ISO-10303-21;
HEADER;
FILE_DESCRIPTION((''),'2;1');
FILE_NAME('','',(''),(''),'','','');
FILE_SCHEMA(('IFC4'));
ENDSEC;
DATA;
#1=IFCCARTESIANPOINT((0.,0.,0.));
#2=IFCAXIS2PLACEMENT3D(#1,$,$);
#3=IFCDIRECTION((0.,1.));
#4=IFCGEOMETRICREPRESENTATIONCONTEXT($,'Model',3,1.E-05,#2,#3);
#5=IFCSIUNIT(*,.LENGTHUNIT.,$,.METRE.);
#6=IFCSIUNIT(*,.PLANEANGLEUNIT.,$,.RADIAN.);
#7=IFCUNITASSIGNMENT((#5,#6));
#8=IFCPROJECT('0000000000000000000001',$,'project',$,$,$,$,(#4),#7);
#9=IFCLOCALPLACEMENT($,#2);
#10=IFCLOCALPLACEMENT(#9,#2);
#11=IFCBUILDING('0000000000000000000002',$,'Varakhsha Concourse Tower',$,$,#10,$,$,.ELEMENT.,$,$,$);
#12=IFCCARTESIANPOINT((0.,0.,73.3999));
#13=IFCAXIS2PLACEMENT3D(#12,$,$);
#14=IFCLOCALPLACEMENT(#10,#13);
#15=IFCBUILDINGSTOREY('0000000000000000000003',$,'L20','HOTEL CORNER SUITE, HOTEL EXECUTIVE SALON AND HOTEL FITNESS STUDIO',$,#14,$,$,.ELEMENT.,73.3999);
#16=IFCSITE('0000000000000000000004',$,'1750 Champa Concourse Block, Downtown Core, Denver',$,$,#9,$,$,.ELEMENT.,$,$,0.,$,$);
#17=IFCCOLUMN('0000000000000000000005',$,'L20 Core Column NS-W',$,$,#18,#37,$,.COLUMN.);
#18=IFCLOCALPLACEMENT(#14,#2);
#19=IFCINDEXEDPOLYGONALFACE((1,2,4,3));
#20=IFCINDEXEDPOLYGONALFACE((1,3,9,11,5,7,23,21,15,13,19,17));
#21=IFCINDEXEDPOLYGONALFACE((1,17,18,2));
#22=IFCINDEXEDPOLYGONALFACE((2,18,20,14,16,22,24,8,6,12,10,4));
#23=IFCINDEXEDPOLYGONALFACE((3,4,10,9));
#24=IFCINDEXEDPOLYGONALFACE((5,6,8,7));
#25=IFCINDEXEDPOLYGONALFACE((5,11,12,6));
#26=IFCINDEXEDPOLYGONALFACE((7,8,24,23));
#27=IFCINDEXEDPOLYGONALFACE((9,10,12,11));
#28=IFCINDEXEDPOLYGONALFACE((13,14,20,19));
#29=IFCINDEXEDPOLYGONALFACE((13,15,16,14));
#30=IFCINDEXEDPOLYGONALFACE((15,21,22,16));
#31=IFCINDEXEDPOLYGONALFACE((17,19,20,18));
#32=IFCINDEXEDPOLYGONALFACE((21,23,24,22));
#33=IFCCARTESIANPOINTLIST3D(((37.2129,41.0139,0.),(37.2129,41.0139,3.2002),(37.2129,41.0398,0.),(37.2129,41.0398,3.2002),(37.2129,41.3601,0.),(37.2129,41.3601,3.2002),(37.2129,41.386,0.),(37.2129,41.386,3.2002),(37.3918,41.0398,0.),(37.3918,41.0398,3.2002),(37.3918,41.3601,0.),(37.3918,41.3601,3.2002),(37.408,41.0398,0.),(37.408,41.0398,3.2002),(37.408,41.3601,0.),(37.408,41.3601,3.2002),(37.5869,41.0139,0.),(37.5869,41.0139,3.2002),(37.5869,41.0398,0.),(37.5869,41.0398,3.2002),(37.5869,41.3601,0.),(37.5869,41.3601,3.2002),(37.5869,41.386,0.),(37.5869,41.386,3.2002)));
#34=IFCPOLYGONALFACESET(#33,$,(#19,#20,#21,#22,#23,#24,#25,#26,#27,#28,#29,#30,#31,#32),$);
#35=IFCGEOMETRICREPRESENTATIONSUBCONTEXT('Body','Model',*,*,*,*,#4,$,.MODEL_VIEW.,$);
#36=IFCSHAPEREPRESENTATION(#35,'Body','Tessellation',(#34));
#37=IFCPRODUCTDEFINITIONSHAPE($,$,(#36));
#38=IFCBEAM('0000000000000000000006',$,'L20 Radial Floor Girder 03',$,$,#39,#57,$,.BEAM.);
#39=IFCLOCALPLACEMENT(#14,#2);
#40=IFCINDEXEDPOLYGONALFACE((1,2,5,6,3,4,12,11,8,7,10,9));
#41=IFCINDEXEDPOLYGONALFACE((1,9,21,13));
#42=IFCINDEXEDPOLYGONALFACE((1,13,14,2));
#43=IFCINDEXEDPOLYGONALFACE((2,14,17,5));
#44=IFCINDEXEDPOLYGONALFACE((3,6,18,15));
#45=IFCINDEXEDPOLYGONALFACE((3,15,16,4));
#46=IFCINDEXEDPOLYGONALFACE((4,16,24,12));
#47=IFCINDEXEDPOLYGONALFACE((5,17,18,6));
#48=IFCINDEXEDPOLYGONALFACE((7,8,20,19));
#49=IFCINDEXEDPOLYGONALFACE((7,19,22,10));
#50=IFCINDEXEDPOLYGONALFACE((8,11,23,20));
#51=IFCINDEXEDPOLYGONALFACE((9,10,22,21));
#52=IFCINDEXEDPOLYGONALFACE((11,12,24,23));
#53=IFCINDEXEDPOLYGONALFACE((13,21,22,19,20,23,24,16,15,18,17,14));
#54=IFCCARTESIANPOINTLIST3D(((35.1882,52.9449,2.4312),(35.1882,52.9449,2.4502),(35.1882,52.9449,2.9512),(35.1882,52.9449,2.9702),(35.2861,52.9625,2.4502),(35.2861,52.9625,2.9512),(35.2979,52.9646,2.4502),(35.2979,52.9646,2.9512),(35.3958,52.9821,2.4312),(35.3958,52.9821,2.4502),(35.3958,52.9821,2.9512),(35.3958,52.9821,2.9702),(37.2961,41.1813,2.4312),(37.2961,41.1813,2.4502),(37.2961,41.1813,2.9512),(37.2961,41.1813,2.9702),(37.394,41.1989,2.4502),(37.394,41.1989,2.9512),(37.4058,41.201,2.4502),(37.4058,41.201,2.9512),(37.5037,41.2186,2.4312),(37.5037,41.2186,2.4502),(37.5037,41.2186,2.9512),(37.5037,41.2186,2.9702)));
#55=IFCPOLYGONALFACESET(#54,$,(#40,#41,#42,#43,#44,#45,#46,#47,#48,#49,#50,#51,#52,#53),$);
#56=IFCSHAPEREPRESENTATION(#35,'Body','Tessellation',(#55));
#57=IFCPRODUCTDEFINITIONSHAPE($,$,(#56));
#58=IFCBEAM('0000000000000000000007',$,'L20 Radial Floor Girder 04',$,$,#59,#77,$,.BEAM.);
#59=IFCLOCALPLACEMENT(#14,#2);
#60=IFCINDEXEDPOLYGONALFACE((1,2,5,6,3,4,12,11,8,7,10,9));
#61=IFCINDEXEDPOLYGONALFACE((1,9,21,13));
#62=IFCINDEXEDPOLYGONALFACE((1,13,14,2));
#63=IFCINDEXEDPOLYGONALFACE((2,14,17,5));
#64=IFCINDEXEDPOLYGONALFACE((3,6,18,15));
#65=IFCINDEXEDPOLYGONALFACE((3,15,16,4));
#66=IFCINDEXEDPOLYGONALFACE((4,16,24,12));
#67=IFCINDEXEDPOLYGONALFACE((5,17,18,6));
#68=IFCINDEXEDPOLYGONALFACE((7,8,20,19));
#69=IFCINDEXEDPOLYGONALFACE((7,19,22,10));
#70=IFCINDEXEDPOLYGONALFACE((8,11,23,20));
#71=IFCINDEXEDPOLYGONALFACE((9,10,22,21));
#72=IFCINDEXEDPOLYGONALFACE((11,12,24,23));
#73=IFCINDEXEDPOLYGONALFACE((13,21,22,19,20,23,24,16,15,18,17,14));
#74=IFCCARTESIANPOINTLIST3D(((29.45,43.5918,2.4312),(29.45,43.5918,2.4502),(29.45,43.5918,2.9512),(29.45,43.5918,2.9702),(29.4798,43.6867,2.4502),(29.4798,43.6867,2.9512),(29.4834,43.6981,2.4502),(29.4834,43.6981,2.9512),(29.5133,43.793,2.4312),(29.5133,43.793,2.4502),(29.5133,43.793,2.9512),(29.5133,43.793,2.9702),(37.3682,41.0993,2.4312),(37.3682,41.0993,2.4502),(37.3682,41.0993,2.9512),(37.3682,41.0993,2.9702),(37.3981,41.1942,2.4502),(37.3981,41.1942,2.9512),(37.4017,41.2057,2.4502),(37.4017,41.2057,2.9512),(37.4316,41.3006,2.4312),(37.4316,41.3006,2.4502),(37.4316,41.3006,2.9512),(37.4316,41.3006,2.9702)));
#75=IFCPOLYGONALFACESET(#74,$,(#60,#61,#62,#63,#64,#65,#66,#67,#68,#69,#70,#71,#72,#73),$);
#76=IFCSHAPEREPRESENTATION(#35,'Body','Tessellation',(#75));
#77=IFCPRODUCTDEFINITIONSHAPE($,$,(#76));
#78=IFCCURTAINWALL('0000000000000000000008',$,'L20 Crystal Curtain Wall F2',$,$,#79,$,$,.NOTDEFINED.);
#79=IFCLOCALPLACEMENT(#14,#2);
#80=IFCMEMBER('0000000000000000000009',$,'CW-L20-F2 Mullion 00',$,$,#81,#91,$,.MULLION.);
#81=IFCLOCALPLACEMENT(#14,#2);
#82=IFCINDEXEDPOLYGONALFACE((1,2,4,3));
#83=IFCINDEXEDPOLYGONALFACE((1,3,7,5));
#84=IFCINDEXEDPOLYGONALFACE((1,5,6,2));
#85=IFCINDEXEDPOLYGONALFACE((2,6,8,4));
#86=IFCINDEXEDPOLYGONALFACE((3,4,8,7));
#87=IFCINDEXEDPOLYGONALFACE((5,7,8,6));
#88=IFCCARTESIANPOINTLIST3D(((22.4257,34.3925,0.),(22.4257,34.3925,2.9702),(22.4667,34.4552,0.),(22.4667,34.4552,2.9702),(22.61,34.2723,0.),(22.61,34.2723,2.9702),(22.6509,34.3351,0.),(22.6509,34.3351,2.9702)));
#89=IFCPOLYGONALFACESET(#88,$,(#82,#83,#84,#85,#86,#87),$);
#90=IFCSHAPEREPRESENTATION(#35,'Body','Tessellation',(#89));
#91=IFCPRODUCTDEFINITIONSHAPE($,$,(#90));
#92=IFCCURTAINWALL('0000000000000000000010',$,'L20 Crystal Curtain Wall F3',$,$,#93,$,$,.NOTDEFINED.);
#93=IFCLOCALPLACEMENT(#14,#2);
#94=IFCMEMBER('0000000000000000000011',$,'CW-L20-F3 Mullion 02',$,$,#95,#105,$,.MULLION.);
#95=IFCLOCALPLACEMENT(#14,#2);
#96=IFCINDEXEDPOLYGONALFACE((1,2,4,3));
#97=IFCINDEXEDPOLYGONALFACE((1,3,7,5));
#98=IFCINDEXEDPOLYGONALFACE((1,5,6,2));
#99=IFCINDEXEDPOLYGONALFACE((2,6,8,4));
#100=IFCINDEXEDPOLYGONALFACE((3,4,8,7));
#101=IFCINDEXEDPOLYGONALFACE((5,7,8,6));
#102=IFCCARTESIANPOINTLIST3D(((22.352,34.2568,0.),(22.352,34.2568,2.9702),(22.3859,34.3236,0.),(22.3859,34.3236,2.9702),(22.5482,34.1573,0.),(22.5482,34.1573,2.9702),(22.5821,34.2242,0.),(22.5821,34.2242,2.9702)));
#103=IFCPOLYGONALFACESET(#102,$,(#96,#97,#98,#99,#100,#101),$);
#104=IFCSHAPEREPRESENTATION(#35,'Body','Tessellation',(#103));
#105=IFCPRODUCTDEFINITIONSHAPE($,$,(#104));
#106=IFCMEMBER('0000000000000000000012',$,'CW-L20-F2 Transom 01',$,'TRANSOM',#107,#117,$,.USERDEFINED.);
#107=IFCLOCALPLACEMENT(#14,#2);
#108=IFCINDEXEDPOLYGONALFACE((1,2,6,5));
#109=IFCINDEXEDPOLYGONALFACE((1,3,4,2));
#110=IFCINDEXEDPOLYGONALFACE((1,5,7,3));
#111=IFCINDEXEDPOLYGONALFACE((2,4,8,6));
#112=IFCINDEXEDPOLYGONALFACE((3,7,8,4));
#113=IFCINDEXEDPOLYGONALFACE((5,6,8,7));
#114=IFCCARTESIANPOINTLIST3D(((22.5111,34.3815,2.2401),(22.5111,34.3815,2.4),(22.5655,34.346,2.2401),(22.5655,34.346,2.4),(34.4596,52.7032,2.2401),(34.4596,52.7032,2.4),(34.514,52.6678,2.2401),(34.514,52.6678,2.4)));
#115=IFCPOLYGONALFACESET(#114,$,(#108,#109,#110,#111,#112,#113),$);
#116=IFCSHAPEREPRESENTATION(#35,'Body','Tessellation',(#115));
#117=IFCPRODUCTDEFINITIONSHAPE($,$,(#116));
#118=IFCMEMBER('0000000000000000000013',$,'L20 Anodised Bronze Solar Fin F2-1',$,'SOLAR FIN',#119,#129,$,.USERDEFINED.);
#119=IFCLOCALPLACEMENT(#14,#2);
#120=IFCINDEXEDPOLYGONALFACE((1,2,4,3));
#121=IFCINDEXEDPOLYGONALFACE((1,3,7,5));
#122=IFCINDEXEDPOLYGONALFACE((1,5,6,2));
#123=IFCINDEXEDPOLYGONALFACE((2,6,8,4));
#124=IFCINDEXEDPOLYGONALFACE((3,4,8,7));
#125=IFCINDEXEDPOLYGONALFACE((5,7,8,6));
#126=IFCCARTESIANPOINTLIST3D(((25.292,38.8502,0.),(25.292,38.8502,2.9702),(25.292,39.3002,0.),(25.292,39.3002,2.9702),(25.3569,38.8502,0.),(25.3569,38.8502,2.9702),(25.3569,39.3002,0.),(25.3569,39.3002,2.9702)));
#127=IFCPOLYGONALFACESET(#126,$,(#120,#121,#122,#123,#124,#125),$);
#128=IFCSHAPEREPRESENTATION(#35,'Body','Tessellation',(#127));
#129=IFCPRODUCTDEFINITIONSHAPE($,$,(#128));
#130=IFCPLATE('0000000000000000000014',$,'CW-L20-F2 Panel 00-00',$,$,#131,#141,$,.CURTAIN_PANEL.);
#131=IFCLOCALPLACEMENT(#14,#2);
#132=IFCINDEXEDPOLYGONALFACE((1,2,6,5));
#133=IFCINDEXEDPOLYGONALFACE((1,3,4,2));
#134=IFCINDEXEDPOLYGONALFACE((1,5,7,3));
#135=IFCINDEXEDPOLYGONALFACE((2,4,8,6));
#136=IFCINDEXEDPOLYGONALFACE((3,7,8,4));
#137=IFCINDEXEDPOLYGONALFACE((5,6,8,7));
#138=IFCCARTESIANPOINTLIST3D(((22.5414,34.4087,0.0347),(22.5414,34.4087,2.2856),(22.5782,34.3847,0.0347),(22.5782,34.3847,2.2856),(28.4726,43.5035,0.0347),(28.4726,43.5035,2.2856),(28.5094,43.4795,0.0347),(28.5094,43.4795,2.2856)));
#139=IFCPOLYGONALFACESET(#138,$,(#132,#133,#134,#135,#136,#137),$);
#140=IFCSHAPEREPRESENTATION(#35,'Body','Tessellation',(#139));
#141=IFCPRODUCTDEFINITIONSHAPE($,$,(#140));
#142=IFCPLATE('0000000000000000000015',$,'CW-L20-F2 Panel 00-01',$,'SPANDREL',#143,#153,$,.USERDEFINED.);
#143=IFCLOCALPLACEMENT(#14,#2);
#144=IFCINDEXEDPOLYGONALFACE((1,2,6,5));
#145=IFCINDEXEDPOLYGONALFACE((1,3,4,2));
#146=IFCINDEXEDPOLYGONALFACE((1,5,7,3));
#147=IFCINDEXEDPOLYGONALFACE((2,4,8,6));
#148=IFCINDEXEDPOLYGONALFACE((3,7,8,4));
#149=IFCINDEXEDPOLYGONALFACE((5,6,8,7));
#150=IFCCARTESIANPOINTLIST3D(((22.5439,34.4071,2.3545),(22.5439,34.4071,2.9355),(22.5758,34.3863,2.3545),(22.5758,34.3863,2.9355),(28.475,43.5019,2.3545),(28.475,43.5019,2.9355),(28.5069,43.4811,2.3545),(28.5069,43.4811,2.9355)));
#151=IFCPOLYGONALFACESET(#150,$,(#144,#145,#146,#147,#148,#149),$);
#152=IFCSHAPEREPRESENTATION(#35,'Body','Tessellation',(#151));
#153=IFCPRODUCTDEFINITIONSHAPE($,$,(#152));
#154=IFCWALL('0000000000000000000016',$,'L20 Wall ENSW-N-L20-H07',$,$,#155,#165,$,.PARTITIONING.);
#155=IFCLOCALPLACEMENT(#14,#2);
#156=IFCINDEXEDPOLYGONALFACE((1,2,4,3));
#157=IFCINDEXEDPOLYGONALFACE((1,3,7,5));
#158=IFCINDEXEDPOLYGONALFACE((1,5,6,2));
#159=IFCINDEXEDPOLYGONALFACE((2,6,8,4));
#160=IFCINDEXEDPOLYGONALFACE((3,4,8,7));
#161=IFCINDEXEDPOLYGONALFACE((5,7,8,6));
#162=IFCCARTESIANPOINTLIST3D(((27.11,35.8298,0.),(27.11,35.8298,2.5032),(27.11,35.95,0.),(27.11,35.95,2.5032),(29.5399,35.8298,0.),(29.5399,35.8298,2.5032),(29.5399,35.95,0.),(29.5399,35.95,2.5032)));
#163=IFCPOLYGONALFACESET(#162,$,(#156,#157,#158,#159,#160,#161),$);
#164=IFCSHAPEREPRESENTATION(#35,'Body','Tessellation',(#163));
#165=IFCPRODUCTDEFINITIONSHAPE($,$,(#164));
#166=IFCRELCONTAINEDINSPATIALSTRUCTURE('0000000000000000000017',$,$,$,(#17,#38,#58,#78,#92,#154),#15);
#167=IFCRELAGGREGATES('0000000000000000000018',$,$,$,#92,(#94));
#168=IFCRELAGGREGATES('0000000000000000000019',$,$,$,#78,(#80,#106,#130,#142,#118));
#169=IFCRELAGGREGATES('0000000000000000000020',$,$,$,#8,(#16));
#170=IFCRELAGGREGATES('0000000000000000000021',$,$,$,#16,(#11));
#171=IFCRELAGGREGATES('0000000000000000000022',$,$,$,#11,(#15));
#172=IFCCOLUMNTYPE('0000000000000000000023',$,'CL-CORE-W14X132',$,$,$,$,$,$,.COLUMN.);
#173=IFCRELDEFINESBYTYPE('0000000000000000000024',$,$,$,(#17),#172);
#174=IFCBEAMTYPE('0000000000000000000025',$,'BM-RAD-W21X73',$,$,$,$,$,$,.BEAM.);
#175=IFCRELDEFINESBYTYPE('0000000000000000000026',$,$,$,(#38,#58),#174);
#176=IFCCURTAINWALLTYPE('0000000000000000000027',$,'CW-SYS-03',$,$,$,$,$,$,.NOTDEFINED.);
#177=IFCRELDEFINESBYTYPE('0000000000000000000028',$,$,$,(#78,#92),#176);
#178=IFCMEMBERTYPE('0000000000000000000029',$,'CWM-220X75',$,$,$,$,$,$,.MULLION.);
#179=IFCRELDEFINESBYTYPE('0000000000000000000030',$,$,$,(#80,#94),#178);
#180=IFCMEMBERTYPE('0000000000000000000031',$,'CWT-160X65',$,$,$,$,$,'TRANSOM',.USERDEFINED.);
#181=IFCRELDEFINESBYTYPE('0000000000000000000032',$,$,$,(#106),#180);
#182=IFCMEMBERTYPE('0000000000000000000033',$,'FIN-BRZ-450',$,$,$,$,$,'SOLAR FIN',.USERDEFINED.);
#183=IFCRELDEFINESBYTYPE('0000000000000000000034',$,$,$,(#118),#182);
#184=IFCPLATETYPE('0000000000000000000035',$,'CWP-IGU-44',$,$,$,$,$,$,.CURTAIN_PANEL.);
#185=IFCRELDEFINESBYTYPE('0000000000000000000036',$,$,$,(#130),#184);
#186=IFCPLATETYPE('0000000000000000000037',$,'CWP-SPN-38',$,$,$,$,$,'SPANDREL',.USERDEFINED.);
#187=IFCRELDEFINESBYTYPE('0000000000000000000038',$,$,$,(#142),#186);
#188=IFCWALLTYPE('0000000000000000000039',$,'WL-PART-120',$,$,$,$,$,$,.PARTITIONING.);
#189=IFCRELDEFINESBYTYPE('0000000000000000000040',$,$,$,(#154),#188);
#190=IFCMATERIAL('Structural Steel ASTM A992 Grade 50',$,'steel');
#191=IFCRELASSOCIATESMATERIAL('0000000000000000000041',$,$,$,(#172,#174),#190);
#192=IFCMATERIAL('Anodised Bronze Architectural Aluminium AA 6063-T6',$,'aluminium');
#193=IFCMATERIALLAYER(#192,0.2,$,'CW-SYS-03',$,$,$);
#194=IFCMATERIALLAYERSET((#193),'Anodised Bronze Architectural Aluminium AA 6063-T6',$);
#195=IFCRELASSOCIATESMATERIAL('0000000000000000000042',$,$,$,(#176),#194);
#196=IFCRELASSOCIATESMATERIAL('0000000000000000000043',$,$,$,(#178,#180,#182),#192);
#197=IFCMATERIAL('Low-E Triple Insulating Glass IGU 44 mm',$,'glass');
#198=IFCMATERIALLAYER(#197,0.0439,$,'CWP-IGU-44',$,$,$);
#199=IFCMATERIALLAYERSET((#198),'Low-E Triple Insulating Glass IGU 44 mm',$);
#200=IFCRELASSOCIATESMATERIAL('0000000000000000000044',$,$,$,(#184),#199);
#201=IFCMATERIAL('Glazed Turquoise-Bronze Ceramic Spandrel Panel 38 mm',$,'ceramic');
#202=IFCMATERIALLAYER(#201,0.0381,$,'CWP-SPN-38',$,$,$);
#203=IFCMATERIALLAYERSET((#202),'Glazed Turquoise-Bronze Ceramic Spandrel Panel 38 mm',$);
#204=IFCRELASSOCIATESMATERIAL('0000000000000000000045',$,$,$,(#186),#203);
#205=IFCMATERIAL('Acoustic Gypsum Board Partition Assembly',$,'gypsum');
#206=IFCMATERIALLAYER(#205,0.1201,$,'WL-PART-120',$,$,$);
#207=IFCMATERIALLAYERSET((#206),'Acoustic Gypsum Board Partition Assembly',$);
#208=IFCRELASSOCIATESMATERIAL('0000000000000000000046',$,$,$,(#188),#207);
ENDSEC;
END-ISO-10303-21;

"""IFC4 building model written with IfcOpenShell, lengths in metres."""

from ifc_helpers import new_model, si_unit, direction, frame, frame_2d, origin, origin_2d, place, context, subcontext, project, spatial, rectangle, i_section, extrude, source, transform, mapped, material, layer, layer_set, material_profile, profile_set, type_object, type_shapes, element, aggregate, save


model = new_model("IFC4")

# Units and contexts
model_context = context("Model", 3, precision=1e-05, world=origin(), true_north=direction((0.0, 1.0)))
body_context = subcontext(model_context, "Body", "Model", "MODEL_VIEW")
ifc_project = project(units=[si_unit("LENGTHUNIT", "METRE"), si_unit("PLANEANGLEUNIT", "RADIAN")], contexts=[model_context])

# Site, building, storey
site_placement = place(None, origin())
site = spatial("IfcSite", under=ifc_project, at=site_placement, Name="1750 Champa Concourse Block, Downtown Core, Denver", CompositionType="ELEMENT", RefElevation=0.0)
building_placement = place(site_placement, origin())
building = spatial("IfcBuilding", under=site, at=building_placement, Name="Varakhsha Concourse Tower", CompositionType="ELEMENT")
storey_placement = place(building_placement, frame((0.0, 0.0, 73.3999)))
storey = spatial("IfcBuildingStorey", under=building, at=storey_placement, Name="L20", Description="HOTEL CORNER SUITE, HOTEL EXECUTIVE SALON AND HOTEL FITNESS STUDIO", CompositionType="ELEMENT", Elevation=73.3999)

# Column
ifc_material_1 = material(Name="Structural Steel ASTM A992 Grade 50", Category="steel")
ifc_material_profile_1 = material_profile(ifc_material_1, i_section(OverallWidth=0.374, OverallDepth=0.3721, WebThickness=0.0161, FlangeThickness=0.0259, at=origin_2d()), Name="W14X132")
ifc_profile_set_1 = profile_set([ifc_material_profile_1], Name="Structural Steel ASTM A992 Grade 50")
column_type = type_object("IfcColumnType", Name="CL-CORE-W14X132", PredefinedType="COLUMN", material=ifc_profile_set_1)
column_placement = place(storey_placement, frame((37.3999, 41.2, 0.0), z_axis=(0.0, 0.0, 1.0), x_axis=(1.0, 0.0, 0.0)))
element("IfcColumn", 1, at=column_placement, inside=storey, type_object=column_type, Name="L20 Core Column NS-W", PredefinedType="COLUMN", context=body_context, shape_type="SweptSolid", body=[
    extrude(i_section(OverallWidth=0.374, OverallDepth=0.3721, WebThickness=0.0161, FlangeThickness=0.0259, at=origin_2d()), origin(), (0.0, 0.0, 1.0), 3.2002),
])

# Beams
ifc_material_profile_2 = material_profile(ifc_material_1, i_section(OverallWidth=0.2109, OverallDepth=0.5391, WebThickness=0.012, FlangeThickness=0.019, at=origin_2d()), Name="W21X73")
ifc_profile_set_2 = profile_set([ifc_material_profile_2], Name="Structural Steel ASTM A992 Grade 50")
beam_type = type_object("IfcBeamType", Name="BM-RAD-W21X73", PredefinedType="BEAM", material=ifc_profile_set_2)
beam_1_placement = place(storey_placement, frame((37.3999, 41.2, 2.7007), z_axis=(-0.176379, 0.984322, 0.0), x_axis=(-0.984322, -0.176379, 0.0)))
element("IfcBeam", 2, at=beam_1_placement, inside=storey, type_object=beam_type, Name="L20 Radial Floor Girder 03", PredefinedType="BEAM", context=body_context, shape_type="SweptSolid", body=[
    extrude(i_section(OverallWidth=0.2109, OverallDepth=0.5391, WebThickness=0.012, FlangeThickness=0.019, at=origin_2d()), origin(), (0.0, 0.0, 1.0), 11.9509),
])
beam_2_placement = place(storey_placement, frame((37.3999, 41.2, 2.7007), z_axis=(-0.953861, 0.300249, 0.0), x_axis=(-0.300249, -0.953861, 0.0)))
element("IfcBeam", 3, at=beam_2_placement, inside=storey, type_object=beam_type, Name="L20 Radial Floor Girder 04", PredefinedType="BEAM", context=body_context, shape_type="SweptSolid", body=[
    extrude(i_section(OverallWidth=0.2109, OverallDepth=0.5391, WebThickness=0.012, FlangeThickness=0.019, at=origin_2d()), origin(), (0.0, 0.0, 1.0), 8.3013),
])

# Curtain walls, members
ifc_material_2 = material(Name="Anodised Bronze Architectural Aluminium AA 6063-T6", Category="aluminium")
ifc_layer_1 = layer(ifc_material_2, 0.2, Name="CW-SYS-03")
ifc_layer_set_1 = layer_set([ifc_layer_1], Name="Anodised Bronze Architectural Aluminium AA 6063-T6")
curtain_wall_type = type_object("IfcCurtainWallType", Name="CW-SYS-03", PredefinedType="NOTDEFINED", material=ifc_layer_set_1)
curtain_wall_1_placement = place(storey_placement, origin())
curtain_wall_1 = element("IfcCurtainWall", 4, at=curtain_wall_1_placement, inside=storey, type_object=curtain_wall_type, Name="L20 Crystal Curtain Wall F2", PredefinedType="NOTDEFINED")
ifc_material_profile_3 = material_profile(ifc_material_2, rectangle(XDim=0.075, YDim=0.22, at=origin_2d()), Name="CWM-220X75")
ifc_profile_set_3 = profile_set([ifc_material_profile_3], Name="Anodised Bronze Architectural Aluminium AA 6063-T6")
member_type_1 = type_object("IfcMemberType", Name="CWM-220X75", PredefinedType="MULLION", material=ifc_profile_set_3)
shared_shape_1 = source(origin(), body_context, "Body", "SweptSolid", [
    extrude(rectangle(XDim=0.075, YDim=0.22, at=origin_2d()), origin(), (0.0, 0.0, 1.0), 2.9702),
])
type_shapes(member_type_1, [shared_shape_1])
member_1_placement = place(storey_placement, frame((22.5383, 34.3638, 0.0), z_axis=(0.0, 0.0, 1.0), x_axis=(0.54625, 0.837622, 0.0)))
member_1 = element("IfcMember", 5, at=member_1_placement, type_object=member_type_1, Name="CW-L20-F2 Mullion 00", PredefinedType="MULLION", context=body_context, shape_type="MappedRepresentation", body=[
    mapped(shared_shape_1, transform((0.0, 0.0, 0.0), scale=1.0)),
])
curtain_wall_2_placement = place(storey_placement, origin())
curtain_wall_2 = element("IfcCurtainWall", 6, at=curtain_wall_2_placement, inside=storey, type_object=curtain_wall_type, Name="L20 Crystal Curtain Wall F3", PredefinedType="NOTDEFINED")
member_2_placement = place(storey_placement, frame((22.467, 34.2405, 0.0), z_axis=(0.0, 0.0, 1.0), x_axis=(0.452274, 0.891879, 0.0)))
member_2 = element("IfcMember", 7, at=member_2_placement, type_object=member_type_1, Name="CW-L20-F3 Mullion 02", PredefinedType="MULLION", context=body_context, shape_type="MappedRepresentation", body=[
    mapped(shared_shape_1, transform((0.0, 0.0, 0.0), scale=1.0)),
])
aggregate(curtain_wall_2, [member_2])

# Members
ifc_material_profile_4 = material_profile(ifc_material_2, rectangle(XDim=0.0649, YDim=0.1599, at=origin_2d()), Name="CWT-160X65")
ifc_profile_set_4 = profile_set([ifc_material_profile_4], Name="Anodised Bronze Architectural Aluminium AA 6063-T6")
member_type_2 = type_object("IfcMemberType", Name="CWT-160X65", ElementType="TRANSOM", PredefinedType="USERDEFINED", material=ifc_profile_set_4)
shared_shape_2 = source(origin(), body_context, "Body", "SweptSolid", [
    extrude(rectangle(XDim=0.0649, YDim=0.1599, at=origin_2d()), origin(), (0.0, 0.0, 1.0), 21.8735),
])
type_shapes(member_type_2, [shared_shape_2])
member_3_placement = place(storey_placement, frame((22.5383, 34.3638, 2.3201), z_axis=(0.546252, 0.837621, 0.0), x_axis=(-0.837621, 0.546252, 0.0)))
member_3 = element("IfcMember", 8, at=member_3_placement, type_object=member_type_2, Name="CW-L20-F2 Transom 01", ObjectType="TRANSOM", PredefinedType="USERDEFINED", context=body_context, shape_type="MappedRepresentation", body=[
    mapped(shared_shape_2, transform((0.0, 0.0, 0.0), scale=1.0)),
])
ifc_material_profile_5 = material_profile(ifc_material_2, rectangle(XDim=0.0649, YDim=0.45, at=origin_2d()), Name="FIN-BRZ-450")
ifc_profile_set_5 = profile_set([ifc_material_profile_5], Name="Anodised Bronze Architectural Aluminium AA 6063-T6")
member_type_3 = type_object("IfcMemberType", Name="FIN-BRZ-450", ElementType="SOLAR FIN", PredefinedType="USERDEFINED", material=ifc_profile_set_5)
shared_shape_3 = source(origin(), body_context, "Body", "SweptSolid", [
    extrude(rectangle(XDim=0.0649, YDim=0.45, at=origin_2d()), origin(), (0.0, 0.0, 1.0), 2.9702),
])
type_shapes(member_type_3, [shared_shape_3])
member_4_placement = place(storey_placement, frame((25.3245, 39.0752, 0.0), z_axis=(0.0, 0.0, 1.0), x_axis=(1.0, 0.0, 0.0)))
member_4 = element("IfcMember", 9, at=member_4_placement, type_object=member_type_3, Name="L20 Anodised Bronze Solar Fin F2-1", ObjectType="SOLAR FIN", PredefinedType="USERDEFINED", context=body_context, shape_type="MappedRepresentation", body=[
    mapped(shared_shape_3, transform((0.0, 0.0, 0.0), scale=1.0)),
])

# Plates
ifc_material_3 = material(Name="Low-E Triple Insulating Glass IGU 44 mm", Category="glass")
ifc_layer_2 = layer(ifc_material_3, 0.0439, Name="CWP-IGU-44")
ifc_layer_set_2 = layer_set([ifc_layer_2], Name="Low-E Triple Insulating Glass IGU 44 mm")
plate_type_1 = type_object("IfcPlateType", Name="CWP-IGU-44", PredefinedType="CURTAIN_PANEL", material=ifc_layer_set_2)
shared_shape_4 = source(origin(), body_context, "Body", "SweptSolid", [
    extrude(rectangle(XDim=10.8579, YDim=0.0439, at=origin_2d()), origin(), (0.0, 0.0, 1.0), 2.251),
])
type_shapes(plate_type_1, [shared_shape_4])
plate_1_placement = place(storey_placement, frame((25.5254, 38.9441, 0.0347), z_axis=(0.0, 0.0, 1.0), x_axis=(0.54625, 0.837622, 0.0)))
plate_1 = element("IfcPlate", 10, at=plate_1_placement, type_object=plate_type_1, Name="CW-L20-F2 Panel 00-00", PredefinedType="CURTAIN_PANEL", context=body_context, shape_type="MappedRepresentation", body=[
    mapped(shared_shape_4, transform((0.0, 0.0, 0.0), scale=1.0)),
])
ifc_material_4 = material(Name="Glazed Turquoise-Bronze Ceramic Spandrel Panel 38 mm", Category="ceramic")
ifc_layer_3 = layer(ifc_material_4, 0.0381, Name="CWP-SPN-38")
ifc_layer_set_3 = layer_set([ifc_layer_3], Name="Glazed Turquoise-Bronze Ceramic Spandrel Panel 38 mm")
plate_type_2 = type_object("IfcPlateType", Name="CWP-SPN-38", ElementType="SPANDREL", PredefinedType="USERDEFINED", material=ifc_layer_set_3)
shared_shape_5 = source(origin(), body_context, "Body", "SweptSolid", [
    extrude(rectangle(XDim=10.8579, YDim=0.0381, at=origin_2d()), origin(), (0.0, 0.0, 1.0), 0.5811),
])
type_shapes(plate_type_2, [shared_shape_5])
plate_2_placement = place(storey_placement, frame((25.5254, 38.9441, 2.3545), z_axis=(0.0, 0.0, 1.0), x_axis=(0.54625, 0.837622, 0.0)))
plate_2 = element("IfcPlate", 11, at=plate_2_placement, type_object=plate_type_2, Name="CW-L20-F2 Panel 00-01", ObjectType="SPANDREL", PredefinedType="USERDEFINED", context=body_context, shape_type="MappedRepresentation", body=[
    mapped(shared_shape_5, transform((0.0, 0.0, 0.0), scale=1.0)),
])
aggregate(curtain_wall_1, [member_1, member_3, plate_1, plate_2, member_4])

# Wall
ifc_material_5 = material(Name="Acoustic Gypsum Board Partition Assembly", Category="gypsum")
ifc_layer_4 = layer(ifc_material_5, 0.1201, Name="WL-PART-120")
ifc_layer_set_4 = layer_set([ifc_layer_4], Name="Acoustic Gypsum Board Partition Assembly")
wall_type_1 = type_object("IfcWallType", Name="WL-PART-120", PredefinedType="PARTITIONING", material=ifc_layer_set_4)
wall_1_placement = place(storey_placement, frame((27.1101, 35.8899, 0.0), z_axis=(0.0, 0.0, 1.0), x_axis=(1.0, 0.0, 0.0)))
element("IfcWall", 12, at=wall_1_placement, inside=storey, type_object=wall_type_1, Name="L20 Wall ENSW-N-L20-H07", PredefinedType="PARTITIONING", context=body_context, shape_type="SweptSolid", body=[
    extrude(rectangle(XDim=2.4299, YDim=0.1201, at=frame_2d((1.2148, 0.0))), origin(), (0.0, 0.0, 1.0), 2.5032),
])

save(model, "model.ifc")
